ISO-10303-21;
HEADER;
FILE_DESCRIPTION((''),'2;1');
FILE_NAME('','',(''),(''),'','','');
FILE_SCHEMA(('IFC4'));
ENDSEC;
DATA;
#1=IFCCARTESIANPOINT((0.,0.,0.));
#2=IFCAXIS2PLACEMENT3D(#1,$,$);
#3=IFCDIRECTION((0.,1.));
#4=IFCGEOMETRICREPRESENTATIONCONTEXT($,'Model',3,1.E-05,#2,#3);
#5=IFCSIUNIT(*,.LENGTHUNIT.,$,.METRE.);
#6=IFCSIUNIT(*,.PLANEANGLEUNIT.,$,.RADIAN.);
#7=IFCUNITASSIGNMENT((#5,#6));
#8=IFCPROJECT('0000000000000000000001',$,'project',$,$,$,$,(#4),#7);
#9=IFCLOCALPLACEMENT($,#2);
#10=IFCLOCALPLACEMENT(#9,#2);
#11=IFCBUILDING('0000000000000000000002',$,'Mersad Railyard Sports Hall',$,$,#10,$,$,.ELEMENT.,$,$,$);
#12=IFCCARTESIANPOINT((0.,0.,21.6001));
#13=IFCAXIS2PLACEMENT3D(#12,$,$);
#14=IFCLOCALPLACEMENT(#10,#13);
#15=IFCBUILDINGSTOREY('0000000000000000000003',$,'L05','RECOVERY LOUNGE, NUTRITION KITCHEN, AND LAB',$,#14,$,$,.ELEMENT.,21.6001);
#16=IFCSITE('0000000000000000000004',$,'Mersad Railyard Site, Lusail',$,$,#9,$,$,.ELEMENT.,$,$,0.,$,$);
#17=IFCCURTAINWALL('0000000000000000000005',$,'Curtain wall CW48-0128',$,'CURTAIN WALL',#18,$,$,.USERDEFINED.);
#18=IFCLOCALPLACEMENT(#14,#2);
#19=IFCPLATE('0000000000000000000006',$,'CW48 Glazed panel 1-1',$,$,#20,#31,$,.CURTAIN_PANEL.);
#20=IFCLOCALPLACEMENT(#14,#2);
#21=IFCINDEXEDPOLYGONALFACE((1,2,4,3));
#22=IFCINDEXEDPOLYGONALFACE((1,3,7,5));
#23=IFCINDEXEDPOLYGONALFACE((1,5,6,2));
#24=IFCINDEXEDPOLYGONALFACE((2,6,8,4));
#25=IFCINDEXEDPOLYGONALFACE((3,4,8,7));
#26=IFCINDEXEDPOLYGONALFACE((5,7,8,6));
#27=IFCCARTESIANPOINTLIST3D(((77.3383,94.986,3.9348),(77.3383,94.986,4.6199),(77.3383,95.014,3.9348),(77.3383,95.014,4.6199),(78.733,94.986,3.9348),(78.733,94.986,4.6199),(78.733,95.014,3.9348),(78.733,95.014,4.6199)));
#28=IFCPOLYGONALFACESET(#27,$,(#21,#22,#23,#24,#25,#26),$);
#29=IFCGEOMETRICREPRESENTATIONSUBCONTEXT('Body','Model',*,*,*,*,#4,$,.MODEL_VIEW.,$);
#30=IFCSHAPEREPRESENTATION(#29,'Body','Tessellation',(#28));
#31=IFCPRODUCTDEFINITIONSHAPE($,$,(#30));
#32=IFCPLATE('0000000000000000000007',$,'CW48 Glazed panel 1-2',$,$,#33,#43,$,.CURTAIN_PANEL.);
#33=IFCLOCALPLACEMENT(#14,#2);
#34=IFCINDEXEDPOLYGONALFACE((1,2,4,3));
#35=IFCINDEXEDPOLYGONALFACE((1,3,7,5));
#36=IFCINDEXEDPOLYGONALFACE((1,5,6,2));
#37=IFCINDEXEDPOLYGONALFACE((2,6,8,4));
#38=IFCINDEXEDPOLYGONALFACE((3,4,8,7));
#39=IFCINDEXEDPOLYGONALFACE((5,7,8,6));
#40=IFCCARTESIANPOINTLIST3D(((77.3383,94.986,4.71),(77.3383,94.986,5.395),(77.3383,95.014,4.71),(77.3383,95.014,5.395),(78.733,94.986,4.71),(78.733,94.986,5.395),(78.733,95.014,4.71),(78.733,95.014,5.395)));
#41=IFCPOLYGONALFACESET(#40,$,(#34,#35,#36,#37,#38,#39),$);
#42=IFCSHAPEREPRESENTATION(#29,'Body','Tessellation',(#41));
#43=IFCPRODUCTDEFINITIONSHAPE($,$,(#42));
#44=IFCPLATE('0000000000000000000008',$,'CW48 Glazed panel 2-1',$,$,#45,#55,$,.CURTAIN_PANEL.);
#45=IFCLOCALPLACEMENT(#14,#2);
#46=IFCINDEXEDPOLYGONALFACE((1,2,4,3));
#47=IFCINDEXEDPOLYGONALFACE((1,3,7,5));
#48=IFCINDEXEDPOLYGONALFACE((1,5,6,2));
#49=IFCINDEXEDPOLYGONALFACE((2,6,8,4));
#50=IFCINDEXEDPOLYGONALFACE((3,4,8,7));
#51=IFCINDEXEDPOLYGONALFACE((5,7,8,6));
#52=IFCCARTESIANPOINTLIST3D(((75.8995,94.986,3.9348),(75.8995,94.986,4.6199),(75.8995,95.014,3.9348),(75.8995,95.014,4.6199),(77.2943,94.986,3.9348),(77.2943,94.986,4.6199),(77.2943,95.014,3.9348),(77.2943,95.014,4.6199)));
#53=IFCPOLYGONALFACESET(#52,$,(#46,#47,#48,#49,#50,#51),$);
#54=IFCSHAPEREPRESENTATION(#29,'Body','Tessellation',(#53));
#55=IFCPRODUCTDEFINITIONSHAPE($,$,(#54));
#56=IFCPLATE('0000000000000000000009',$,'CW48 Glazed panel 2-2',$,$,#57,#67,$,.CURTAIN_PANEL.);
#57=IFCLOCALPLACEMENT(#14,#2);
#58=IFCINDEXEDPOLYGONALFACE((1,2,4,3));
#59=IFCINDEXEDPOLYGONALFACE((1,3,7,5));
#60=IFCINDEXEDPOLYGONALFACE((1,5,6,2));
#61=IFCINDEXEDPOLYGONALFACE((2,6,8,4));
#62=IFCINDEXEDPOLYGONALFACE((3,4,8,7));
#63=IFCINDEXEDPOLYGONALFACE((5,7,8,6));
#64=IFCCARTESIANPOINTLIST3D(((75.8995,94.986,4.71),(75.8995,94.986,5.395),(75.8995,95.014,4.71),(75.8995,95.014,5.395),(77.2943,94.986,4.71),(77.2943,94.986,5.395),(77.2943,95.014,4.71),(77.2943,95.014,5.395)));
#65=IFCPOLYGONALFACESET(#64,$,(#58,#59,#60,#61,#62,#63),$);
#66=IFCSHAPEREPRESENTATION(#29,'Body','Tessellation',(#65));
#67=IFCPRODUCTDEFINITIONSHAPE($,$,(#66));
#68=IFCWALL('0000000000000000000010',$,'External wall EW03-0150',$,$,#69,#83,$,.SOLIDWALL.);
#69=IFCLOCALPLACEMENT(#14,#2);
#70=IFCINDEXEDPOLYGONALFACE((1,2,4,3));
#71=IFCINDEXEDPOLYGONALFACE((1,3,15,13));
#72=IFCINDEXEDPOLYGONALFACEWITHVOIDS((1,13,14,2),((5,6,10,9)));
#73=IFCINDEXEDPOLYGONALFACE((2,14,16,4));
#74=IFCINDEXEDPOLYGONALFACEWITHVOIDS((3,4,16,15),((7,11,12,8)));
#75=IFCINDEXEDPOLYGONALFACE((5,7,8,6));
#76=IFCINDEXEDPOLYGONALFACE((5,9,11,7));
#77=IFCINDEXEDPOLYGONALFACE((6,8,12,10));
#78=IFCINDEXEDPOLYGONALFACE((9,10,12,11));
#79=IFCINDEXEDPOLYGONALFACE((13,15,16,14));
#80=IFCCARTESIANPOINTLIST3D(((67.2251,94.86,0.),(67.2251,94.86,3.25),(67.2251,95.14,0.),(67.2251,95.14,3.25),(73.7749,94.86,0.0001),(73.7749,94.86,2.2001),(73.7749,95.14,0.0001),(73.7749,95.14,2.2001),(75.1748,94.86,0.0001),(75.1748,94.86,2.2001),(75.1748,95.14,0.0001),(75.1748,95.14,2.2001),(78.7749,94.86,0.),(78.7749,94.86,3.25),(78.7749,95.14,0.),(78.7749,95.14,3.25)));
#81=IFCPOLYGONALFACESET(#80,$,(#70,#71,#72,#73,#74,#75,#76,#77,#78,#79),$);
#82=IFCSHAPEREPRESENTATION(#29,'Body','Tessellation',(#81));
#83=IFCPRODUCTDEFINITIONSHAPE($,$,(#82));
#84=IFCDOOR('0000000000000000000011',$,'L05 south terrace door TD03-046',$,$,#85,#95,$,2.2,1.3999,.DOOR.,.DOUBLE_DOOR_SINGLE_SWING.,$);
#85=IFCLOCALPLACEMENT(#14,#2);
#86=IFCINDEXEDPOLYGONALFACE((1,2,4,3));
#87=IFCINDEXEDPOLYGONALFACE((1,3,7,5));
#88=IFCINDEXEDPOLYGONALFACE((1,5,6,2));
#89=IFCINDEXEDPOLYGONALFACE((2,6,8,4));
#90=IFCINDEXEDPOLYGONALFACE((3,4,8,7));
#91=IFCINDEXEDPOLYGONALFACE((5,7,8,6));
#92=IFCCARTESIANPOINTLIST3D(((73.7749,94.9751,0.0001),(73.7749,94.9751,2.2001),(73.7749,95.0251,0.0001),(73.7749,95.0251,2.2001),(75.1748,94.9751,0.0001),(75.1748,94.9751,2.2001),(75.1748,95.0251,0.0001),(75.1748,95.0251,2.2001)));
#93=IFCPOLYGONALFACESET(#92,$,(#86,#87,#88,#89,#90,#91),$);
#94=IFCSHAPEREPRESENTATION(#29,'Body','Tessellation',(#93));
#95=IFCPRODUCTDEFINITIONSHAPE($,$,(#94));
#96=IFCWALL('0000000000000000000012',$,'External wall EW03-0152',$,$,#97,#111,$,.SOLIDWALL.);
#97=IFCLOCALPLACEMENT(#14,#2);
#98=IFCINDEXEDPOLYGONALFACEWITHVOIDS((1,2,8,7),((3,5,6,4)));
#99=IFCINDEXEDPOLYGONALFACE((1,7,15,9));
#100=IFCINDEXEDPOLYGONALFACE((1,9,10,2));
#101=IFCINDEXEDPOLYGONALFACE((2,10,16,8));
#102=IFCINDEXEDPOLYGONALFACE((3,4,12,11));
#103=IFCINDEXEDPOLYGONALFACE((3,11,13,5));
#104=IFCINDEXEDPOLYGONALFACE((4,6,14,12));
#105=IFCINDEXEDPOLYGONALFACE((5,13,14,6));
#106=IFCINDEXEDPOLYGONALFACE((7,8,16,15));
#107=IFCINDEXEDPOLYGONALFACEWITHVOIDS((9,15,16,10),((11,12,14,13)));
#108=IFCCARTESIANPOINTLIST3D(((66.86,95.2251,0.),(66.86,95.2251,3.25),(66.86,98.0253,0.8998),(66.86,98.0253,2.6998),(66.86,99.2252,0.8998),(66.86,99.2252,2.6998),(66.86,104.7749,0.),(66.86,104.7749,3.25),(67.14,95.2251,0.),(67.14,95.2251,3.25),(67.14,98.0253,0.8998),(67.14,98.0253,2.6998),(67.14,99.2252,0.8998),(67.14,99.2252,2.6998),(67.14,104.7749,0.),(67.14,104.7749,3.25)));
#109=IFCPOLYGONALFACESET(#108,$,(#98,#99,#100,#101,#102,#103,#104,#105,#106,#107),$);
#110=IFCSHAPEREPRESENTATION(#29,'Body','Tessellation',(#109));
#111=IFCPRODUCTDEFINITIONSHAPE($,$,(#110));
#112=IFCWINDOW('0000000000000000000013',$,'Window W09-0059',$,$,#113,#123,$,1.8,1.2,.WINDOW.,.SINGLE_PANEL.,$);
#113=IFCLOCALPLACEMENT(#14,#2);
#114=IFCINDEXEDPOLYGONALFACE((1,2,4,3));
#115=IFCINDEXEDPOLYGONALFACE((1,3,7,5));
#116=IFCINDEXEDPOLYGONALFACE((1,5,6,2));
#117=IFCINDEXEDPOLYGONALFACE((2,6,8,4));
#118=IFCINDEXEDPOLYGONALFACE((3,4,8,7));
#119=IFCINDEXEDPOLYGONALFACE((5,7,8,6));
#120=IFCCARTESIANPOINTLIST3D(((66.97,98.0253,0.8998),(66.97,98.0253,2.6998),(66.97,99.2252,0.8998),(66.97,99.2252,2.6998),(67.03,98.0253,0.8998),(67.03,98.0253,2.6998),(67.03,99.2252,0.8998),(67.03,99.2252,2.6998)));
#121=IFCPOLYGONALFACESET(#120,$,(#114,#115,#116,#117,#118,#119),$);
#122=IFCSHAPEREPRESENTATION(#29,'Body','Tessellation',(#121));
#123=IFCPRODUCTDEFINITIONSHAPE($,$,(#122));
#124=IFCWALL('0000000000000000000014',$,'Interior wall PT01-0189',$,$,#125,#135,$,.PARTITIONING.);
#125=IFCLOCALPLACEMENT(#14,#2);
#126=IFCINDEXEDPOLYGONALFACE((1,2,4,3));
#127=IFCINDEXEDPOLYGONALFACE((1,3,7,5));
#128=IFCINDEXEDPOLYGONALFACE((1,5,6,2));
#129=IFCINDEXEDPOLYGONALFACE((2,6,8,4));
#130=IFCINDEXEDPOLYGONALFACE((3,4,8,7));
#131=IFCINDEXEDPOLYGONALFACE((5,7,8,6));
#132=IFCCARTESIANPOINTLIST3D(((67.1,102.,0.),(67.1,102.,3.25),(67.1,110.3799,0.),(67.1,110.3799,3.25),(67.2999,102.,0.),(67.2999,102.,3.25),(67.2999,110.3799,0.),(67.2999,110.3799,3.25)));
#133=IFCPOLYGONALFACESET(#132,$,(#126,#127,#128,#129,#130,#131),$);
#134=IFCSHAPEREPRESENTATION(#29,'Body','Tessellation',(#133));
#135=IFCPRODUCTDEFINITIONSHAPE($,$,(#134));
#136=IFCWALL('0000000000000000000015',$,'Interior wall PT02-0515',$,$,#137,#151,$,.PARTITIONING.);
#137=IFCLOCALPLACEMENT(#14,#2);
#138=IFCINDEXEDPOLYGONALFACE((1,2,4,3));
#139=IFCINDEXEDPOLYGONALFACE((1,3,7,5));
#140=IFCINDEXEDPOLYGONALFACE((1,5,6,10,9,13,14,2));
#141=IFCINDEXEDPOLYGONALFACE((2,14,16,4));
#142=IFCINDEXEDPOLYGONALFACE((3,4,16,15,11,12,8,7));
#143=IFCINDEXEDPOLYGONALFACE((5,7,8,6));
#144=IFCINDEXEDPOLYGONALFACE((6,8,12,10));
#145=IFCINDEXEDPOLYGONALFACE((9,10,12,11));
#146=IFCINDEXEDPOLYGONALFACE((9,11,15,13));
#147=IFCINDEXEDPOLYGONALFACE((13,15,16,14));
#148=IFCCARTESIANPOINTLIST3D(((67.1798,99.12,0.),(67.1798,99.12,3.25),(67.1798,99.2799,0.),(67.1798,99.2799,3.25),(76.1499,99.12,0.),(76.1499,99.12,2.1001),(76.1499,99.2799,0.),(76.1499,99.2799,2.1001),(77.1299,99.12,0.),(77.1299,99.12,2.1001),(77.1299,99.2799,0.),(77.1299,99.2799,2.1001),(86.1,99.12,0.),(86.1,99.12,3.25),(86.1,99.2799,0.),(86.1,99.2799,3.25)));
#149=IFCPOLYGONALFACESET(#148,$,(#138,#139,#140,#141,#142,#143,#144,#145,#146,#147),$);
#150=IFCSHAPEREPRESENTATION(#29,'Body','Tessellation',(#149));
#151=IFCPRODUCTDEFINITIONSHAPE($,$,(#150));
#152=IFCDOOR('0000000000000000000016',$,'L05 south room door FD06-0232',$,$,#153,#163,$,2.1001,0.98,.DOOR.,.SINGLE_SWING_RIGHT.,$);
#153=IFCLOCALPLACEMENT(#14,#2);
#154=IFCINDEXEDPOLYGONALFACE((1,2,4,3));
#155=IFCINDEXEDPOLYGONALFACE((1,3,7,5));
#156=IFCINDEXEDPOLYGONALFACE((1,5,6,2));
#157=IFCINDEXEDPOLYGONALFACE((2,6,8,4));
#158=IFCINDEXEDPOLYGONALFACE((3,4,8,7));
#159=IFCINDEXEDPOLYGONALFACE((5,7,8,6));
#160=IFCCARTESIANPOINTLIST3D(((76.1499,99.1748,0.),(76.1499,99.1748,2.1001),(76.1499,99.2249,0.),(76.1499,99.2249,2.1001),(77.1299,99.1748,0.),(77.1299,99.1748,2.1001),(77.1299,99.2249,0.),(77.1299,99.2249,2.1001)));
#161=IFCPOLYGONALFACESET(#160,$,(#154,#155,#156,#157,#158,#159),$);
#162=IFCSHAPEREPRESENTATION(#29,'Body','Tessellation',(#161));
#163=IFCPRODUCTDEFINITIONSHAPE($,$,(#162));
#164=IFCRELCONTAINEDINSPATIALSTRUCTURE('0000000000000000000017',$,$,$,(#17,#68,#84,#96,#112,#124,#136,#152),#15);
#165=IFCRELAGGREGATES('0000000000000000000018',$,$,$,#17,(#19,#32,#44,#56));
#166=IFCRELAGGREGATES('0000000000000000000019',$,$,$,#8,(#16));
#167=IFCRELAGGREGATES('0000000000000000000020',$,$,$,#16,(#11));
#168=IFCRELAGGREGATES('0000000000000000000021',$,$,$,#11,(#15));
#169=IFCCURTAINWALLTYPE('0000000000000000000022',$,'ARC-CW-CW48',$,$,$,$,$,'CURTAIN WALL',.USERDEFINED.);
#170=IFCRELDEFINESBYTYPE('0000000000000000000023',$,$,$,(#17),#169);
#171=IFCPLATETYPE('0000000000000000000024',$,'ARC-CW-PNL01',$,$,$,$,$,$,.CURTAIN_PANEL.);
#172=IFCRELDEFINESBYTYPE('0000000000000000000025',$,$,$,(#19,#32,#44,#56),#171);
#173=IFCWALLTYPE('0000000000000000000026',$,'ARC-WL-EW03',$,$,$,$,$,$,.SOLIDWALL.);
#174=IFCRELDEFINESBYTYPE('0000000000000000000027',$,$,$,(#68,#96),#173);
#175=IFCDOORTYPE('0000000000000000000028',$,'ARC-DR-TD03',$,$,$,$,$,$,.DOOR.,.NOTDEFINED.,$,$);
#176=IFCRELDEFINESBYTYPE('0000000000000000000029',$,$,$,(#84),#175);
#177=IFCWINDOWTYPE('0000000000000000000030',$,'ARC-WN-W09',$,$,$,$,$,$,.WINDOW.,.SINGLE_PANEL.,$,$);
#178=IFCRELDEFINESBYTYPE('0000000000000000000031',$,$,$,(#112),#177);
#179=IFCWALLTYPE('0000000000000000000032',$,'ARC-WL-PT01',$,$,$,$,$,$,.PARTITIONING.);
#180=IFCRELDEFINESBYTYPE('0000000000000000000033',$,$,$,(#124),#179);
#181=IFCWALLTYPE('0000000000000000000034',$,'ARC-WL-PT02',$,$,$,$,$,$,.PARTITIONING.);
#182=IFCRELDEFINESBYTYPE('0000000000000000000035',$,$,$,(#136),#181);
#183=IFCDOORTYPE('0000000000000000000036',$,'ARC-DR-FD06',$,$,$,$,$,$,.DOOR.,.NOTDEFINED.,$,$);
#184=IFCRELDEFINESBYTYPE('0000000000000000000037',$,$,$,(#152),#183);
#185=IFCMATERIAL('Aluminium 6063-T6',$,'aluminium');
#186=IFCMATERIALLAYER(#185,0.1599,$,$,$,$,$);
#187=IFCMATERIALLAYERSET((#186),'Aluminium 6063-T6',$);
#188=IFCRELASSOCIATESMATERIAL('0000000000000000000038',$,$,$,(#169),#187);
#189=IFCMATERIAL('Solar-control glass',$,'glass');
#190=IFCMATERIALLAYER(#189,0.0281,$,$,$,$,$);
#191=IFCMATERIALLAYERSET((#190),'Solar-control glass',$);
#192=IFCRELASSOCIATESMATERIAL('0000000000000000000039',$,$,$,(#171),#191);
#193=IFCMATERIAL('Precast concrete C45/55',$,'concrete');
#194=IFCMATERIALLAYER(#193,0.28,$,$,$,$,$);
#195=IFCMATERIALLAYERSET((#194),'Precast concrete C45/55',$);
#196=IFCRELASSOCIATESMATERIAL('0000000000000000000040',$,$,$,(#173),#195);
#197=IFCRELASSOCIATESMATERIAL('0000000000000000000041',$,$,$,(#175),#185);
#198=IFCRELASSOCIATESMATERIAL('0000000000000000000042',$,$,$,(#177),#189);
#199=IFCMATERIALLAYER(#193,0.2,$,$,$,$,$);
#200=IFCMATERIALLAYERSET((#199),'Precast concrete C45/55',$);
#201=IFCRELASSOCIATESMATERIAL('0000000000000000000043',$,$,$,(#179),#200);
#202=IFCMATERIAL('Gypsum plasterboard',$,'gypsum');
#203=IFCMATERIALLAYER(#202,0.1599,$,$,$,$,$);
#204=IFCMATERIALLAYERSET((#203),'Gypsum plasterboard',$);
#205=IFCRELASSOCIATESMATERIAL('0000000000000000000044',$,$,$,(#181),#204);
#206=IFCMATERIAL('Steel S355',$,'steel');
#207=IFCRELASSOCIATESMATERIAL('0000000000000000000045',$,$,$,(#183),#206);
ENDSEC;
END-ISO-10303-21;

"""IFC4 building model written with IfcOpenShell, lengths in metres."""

from ifc_helpers import new_model, si_unit, direction, frame, frame_2d, origin, origin_2d, place, context, subcontext, project, spatial, rectangle, extrude, material, layer, layer_set, type_object, element, fill, aggregate, save


model = new_model("IFC4")

# Units and contexts
model_context = context("Model", 3, precision=1e-05, world=origin(), true_north=direction((0.0, 1.0)))
body_context = subcontext(model_context, "Body", "Model", "MODEL_VIEW")
ifc_project = project(units=[si_unit("LENGTHUNIT", "METRE"), si_unit("PLANEANGLEUNIT", "RADIAN")], contexts=[model_context])

# Site, building, storey
site_placement = place(None, origin())
site = spatial("IfcSite", under=ifc_project, at=site_placement, Name="Mersad Railyard Site, Lusail", CompositionType="ELEMENT", RefElevation=0.0)
building_placement = place(site_placement, origin())
building = spatial("IfcBuilding", under=site, at=building_placement, Name="Mersad Railyard Sports Hall", CompositionType="ELEMENT")
storey_placement = place(building_placement, frame((0.0, 0.0, 21.6001)))
storey = spatial("IfcBuildingStorey", under=building, at=storey_placement, Name="L05", Description="RECOVERY LOUNGE, NUTRITION KITCHEN, AND LAB", CompositionType="ELEMENT", Elevation=21.6001)

# Curtain wall
ifc_material_1 = material(Name="Aluminium 6063-T6", Category="aluminium")
ifc_layer_1 = layer(ifc_material_1, 0.1599)
ifc_layer_set_1 = layer_set([ifc_layer_1], Name="Aluminium 6063-T6")
curtain_wall_type = type_object("IfcCurtainWallType", Name="ARC-CW-CW48", ElementType="CURTAIN WALL", PredefinedType="USERDEFINED", material=ifc_layer_set_1)
curtain_wall_placement = place(storey_placement, origin())
curtain_wall = element("IfcCurtainWall", 1, at=curtain_wall_placement, inside=storey, type_object=curtain_wall_type, Name="Curtain wall CW48-0128", ObjectType="CURTAIN WALL", PredefinedType="USERDEFINED")

# Plates
ifc_material_2 = material(Name="Solar-control glass", Category="glass")
ifc_layer_2 = layer(ifc_material_2, 0.0281)
ifc_layer_set_2 = layer_set([ifc_layer_2], Name="Solar-control glass")
plate_type = type_object("IfcPlateType", Name="ARC-CW-PNL01", PredefinedType="CURTAIN_PANEL", material=ifc_layer_set_2)
plate_1_placement = place(storey_placement, frame((78.0356, 95.0, 3.9348), z_axis=(0.0, 0.0, 1.0), x_axis=(-1.0, 0.0, 0.0)))
plate_1 = element("IfcPlate", 2, at=plate_1_placement, type_object=plate_type, Name="CW48 Glazed panel 1-1", PredefinedType="CURTAIN_PANEL", context=body_context, shape_type="SweptSolid", body=[
    extrude(rectangle(XDim=1.3948, YDim=0.0281, at=origin_2d()), origin(), (0.0, 0.0, 1.0), 0.6851),
])
plate_2_placement = place(storey_placement, frame((78.0356, 95.0, 4.71), z_axis=(0.0, 0.0, 1.0), x_axis=(-1.0, 0.0, 0.0)))
plate_2 = element("IfcPlate", 3, at=plate_2_placement, type_object=plate_type, Name="CW48 Glazed panel 1-2", PredefinedType="CURTAIN_PANEL", context=body_context, shape_type="SweptSolid", body=[
    extrude(rectangle(XDim=1.3948, YDim=0.0281, at=origin_2d()), origin(), (0.0, 0.0, 1.0), 0.6851),
])
plate_3_placement = place(storey_placement, frame((76.5969, 95.0, 3.9348), z_axis=(0.0, 0.0, 1.0), x_axis=(-1.0, 0.0, 0.0)))
plate_3 = element("IfcPlate", 4, at=plate_3_placement, type_object=plate_type, Name="CW48 Glazed panel 2-1", PredefinedType="CURTAIN_PANEL", context=body_context, shape_type="SweptSolid", body=[
    extrude(rectangle(XDim=1.3948, YDim=0.0281, at=origin_2d()), origin(), (0.0, 0.0, 1.0), 0.6851),
])
plate_4_placement = place(storey_placement, frame((76.5969, 95.0, 4.71), z_axis=(0.0, 0.0, 1.0), x_axis=(-1.0, 0.0, 0.0)))
plate_4 = element("IfcPlate", 5, at=plate_4_placement, type_object=plate_type, Name="CW48 Glazed panel 2-2", PredefinedType="CURTAIN_PANEL", context=body_context, shape_type="SweptSolid", body=[
    extrude(rectangle(XDim=1.3948, YDim=0.0281, at=origin_2d()), origin(), (0.0, 0.0, 1.0), 0.6851),
])
aggregate(curtain_wall, [plate_1, plate_2, plate_3, plate_4])

# Wall, opening, door
ifc_material_3 = material(Name="Precast concrete C45/55", Category="concrete")
ifc_layer_3 = layer(ifc_material_3, 0.28)
ifc_layer_set_3 = layer_set([ifc_layer_3], Name="Precast concrete C45/55")
wall_type_1 = type_object("IfcWallType", Name="ARC-WL-EW03", PredefinedType="SOLIDWALL", material=ifc_layer_set_3)
wall_1_placement = place(storey_placement, frame((78.7749, 95.0, 0.0), z_axis=(0.0, 0.0, 1.0), x_axis=(-1.0, 0.0, 0.0)))
wall_1 = element("IfcWall", 6, at=wall_1_placement, inside=storey, type_object=wall_type_1, Name="External wall EW03-0150", PredefinedType="SOLIDWALL", context=body_context, shape_type="SweptSolid", body=[
    extrude(rectangle(XDim=11.5498, YDim=0.28, at=frame_2d((5.7749, 0.0))), origin(), (0.0, 0.0, 1.0), 3.25),
])
opening_1_placement = place(wall_1_placement, frame((3.6001, 0.0, 0.0)))
opening_1 = element("IfcOpeningElement", 7, at=opening_1_placement, cuts=wall_1, PredefinedType="OPENING", context=body_context, shape_type="SweptSolid", body=[
    extrude(rectangle(XDim=1.3999, YDim=2.2, at=frame_2d((0.7, 1.1001))), frame((0.0, 0.1499, 0.0), z_axis=(0.0, -1.0, 0.0), x_axis=(1.0, 0.0, 0.0)), (0.0, 0.0, 1.0), 0.3),
])
door_type_1 = type_object("IfcDoorType", Name="ARC-DR-TD03", OperationType="NOTDEFINED", PredefinedType="DOOR", material=ifc_material_1)
door_1_placement = place(opening_1_placement, origin())
door_1 = element("IfcDoor", 8, at=door_1_placement, inside=storey, type_object=door_type_1, Name="L05 south terrace door TD03-046", OperationType="DOUBLE_DOOR_SINGLE_SWING", OverallHeight=2.2, OverallWidth=1.3999, PredefinedType="DOOR", context=body_context, shape_type="SweptSolid", body=[
    extrude(rectangle(XDim=1.3999, YDim=2.2, at=frame_2d((0.7, 1.1001))), frame((0.0, 0.0249, 0.0), z_axis=(0.0, -1.0, 0.0), x_axis=(1.0, 0.0, 0.0)), (0.0, 0.0, 1.0), 0.05),
])
fill(opening_1, door_1)

# Wall, opening, window
wall_2_placement = place(storey_placement, frame((67.0, 95.2251, 0.0), z_axis=(0.0, 0.0, 1.0), x_axis=(0.0, 1.0, 0.0)))
wall_2 = element("IfcWall", 9, at=wall_2_placement, inside=storey, type_object=wall_type_1, Name="External wall EW03-0152", PredefinedType="SOLIDWALL", context=body_context, shape_type="SweptSolid", body=[
    extrude(rectangle(XDim=9.5498, YDim=0.28, at=frame_2d((4.7749, 0.0))), origin(), (0.0, 0.0, 1.0), 3.25),
])
opening_2_placement = place(wall_2_placement, frame((2.8, 0.0, 0.8999)))
opening_2 = element("IfcOpeningElement", 10, at=opening_2_placement, cuts=wall_2, PredefinedType="OPENING", context=body_context, shape_type="SweptSolid", body=[
    extrude(rectangle(XDim=1.2, YDim=1.8, at=frame_2d((0.6001, 0.8999))), frame((0.0, 0.1499, 0.0), z_axis=(0.0, -1.0, 0.0), x_axis=(1.0, 0.0, 0.0)), (0.0, 0.0, 1.0), 0.3),
])
window_type = type_object("IfcWindowType", Name="ARC-WN-W09", PartitioningType="SINGLE_PANEL", PredefinedType="WINDOW", material=ifc_material_2)
window_placement = place(opening_2_placement, origin())
window = element("IfcWindow", 11, at=window_placement, inside=storey, type_object=window_type, Name="Window W09-0059", OverallHeight=1.8, OverallWidth=1.2, PartitioningType="SINGLE_PANEL", PredefinedType="WINDOW", context=body_context, shape_type="SweptSolid", body=[
    extrude(rectangle(XDim=1.2, YDim=1.8, at=frame_2d((0.6001, 0.8999))), frame((0.0, 0.03, 0.0), z_axis=(0.0, -1.0, 0.0), x_axis=(1.0, 0.0, 0.0)), (0.0, 0.0, 1.0), 0.0601),
])
fill(opening_2, window)

# Wall
ifc_layer_4 = layer(ifc_material_3, 0.2)
ifc_layer_set_4 = layer_set([ifc_layer_4], Name="Precast concrete C45/55")
wall_type_2 = type_object("IfcWallType", Name="ARC-WL-PT01", PredefinedType="PARTITIONING", material=ifc_layer_set_4)
wall_3_placement = place(storey_placement, frame((67.2, 102.0, 0.0), z_axis=(0.0, 0.0, 1.0), x_axis=(0.0, 1.0, 0.0)))
element("IfcWall", 12, at=wall_3_placement, inside=storey, type_object=wall_type_2, Name="Interior wall PT01-0189", PredefinedType="PARTITIONING", context=body_context, shape_type="SweptSolid", body=[
    extrude(rectangle(XDim=8.3799, YDim=0.2, at=frame_2d((4.1899, 0.0))), origin(), (0.0, 0.0, 1.0), 3.25),
])

# Wall, opening, door
ifc_material_4 = material(Name="Gypsum plasterboard", Category="gypsum")
ifc_layer_5 = layer(ifc_material_4, 0.1599)
ifc_layer_set_5 = layer_set([ifc_layer_5], Name="Gypsum plasterboard")
wall_type_3 = type_object("IfcWallType", Name="ARC-WL-PT02", PredefinedType="PARTITIONING", material=ifc_layer_set_5)
wall_4_placement = place(storey_placement, frame((67.1799, 99.2, 0.0), z_axis=(0.0, 0.0, 1.0), x_axis=(1.0, 0.0, 0.0)))
wall_4 = element("IfcWall", 13, at=wall_4_placement, inside=storey, type_object=wall_type_3, Name="Interior wall PT02-0515", PredefinedType="PARTITIONING", context=body_context, shape_type="SweptSolid", body=[
    extrude(rectangle(XDim=18.9202, YDim=0.1599, at=frame_2d((9.46, 0.0))), origin(), (0.0, 0.0, 1.0), 3.25),
])
opening_3_placement = place(wall_4_placement, frame((8.97, 0.0, 0.0)))
opening_3 = element("IfcOpeningElement", 14, at=opening_3_placement, cuts=wall_4, PredefinedType="OPENING", context=body_context, shape_type="SweptSolid", body=[
    extrude(rectangle(XDim=0.98, YDim=2.1001, at=frame_2d((0.49, 1.05))), frame((0.0, 0.0898, 0.0), z_axis=(0.0, -1.0, 0.0), x_axis=(1.0, 0.0, 0.0)), (0.0, 0.0, 1.0), 0.1799),
])
ifc_material_5 = material(Name="Steel S355", Category="steel")
door_type_2 = type_object("IfcDoorType", Name="ARC-DR-FD06", OperationType="NOTDEFINED", PredefinedType="DOOR", material=ifc_material_5)
door_2_placement = place(opening_3_placement, origin())
door_2 = element("IfcDoor", 15, at=door_2_placement, inside=storey, type_object=door_type_2, Name="L05 south room door FD06-0232", OperationType="SINGLE_SWING_RIGHT", OverallHeight=2.1001, OverallWidth=0.98, PredefinedType="DOOR", context=body_context, shape_type="SweptSolid", body=[
    extrude(rectangle(XDim=0.98, YDim=2.1001, at=frame_2d((0.49, 1.05))), frame((0.0, 0.0249, 0.0), z_axis=(0.0, -1.0, 0.0), x_axis=(1.0, 0.0, 0.0)), (0.0, 0.0, 1.0), 0.05),
])
fill(opening_3, door_2)

save(model, "model.ifc")
